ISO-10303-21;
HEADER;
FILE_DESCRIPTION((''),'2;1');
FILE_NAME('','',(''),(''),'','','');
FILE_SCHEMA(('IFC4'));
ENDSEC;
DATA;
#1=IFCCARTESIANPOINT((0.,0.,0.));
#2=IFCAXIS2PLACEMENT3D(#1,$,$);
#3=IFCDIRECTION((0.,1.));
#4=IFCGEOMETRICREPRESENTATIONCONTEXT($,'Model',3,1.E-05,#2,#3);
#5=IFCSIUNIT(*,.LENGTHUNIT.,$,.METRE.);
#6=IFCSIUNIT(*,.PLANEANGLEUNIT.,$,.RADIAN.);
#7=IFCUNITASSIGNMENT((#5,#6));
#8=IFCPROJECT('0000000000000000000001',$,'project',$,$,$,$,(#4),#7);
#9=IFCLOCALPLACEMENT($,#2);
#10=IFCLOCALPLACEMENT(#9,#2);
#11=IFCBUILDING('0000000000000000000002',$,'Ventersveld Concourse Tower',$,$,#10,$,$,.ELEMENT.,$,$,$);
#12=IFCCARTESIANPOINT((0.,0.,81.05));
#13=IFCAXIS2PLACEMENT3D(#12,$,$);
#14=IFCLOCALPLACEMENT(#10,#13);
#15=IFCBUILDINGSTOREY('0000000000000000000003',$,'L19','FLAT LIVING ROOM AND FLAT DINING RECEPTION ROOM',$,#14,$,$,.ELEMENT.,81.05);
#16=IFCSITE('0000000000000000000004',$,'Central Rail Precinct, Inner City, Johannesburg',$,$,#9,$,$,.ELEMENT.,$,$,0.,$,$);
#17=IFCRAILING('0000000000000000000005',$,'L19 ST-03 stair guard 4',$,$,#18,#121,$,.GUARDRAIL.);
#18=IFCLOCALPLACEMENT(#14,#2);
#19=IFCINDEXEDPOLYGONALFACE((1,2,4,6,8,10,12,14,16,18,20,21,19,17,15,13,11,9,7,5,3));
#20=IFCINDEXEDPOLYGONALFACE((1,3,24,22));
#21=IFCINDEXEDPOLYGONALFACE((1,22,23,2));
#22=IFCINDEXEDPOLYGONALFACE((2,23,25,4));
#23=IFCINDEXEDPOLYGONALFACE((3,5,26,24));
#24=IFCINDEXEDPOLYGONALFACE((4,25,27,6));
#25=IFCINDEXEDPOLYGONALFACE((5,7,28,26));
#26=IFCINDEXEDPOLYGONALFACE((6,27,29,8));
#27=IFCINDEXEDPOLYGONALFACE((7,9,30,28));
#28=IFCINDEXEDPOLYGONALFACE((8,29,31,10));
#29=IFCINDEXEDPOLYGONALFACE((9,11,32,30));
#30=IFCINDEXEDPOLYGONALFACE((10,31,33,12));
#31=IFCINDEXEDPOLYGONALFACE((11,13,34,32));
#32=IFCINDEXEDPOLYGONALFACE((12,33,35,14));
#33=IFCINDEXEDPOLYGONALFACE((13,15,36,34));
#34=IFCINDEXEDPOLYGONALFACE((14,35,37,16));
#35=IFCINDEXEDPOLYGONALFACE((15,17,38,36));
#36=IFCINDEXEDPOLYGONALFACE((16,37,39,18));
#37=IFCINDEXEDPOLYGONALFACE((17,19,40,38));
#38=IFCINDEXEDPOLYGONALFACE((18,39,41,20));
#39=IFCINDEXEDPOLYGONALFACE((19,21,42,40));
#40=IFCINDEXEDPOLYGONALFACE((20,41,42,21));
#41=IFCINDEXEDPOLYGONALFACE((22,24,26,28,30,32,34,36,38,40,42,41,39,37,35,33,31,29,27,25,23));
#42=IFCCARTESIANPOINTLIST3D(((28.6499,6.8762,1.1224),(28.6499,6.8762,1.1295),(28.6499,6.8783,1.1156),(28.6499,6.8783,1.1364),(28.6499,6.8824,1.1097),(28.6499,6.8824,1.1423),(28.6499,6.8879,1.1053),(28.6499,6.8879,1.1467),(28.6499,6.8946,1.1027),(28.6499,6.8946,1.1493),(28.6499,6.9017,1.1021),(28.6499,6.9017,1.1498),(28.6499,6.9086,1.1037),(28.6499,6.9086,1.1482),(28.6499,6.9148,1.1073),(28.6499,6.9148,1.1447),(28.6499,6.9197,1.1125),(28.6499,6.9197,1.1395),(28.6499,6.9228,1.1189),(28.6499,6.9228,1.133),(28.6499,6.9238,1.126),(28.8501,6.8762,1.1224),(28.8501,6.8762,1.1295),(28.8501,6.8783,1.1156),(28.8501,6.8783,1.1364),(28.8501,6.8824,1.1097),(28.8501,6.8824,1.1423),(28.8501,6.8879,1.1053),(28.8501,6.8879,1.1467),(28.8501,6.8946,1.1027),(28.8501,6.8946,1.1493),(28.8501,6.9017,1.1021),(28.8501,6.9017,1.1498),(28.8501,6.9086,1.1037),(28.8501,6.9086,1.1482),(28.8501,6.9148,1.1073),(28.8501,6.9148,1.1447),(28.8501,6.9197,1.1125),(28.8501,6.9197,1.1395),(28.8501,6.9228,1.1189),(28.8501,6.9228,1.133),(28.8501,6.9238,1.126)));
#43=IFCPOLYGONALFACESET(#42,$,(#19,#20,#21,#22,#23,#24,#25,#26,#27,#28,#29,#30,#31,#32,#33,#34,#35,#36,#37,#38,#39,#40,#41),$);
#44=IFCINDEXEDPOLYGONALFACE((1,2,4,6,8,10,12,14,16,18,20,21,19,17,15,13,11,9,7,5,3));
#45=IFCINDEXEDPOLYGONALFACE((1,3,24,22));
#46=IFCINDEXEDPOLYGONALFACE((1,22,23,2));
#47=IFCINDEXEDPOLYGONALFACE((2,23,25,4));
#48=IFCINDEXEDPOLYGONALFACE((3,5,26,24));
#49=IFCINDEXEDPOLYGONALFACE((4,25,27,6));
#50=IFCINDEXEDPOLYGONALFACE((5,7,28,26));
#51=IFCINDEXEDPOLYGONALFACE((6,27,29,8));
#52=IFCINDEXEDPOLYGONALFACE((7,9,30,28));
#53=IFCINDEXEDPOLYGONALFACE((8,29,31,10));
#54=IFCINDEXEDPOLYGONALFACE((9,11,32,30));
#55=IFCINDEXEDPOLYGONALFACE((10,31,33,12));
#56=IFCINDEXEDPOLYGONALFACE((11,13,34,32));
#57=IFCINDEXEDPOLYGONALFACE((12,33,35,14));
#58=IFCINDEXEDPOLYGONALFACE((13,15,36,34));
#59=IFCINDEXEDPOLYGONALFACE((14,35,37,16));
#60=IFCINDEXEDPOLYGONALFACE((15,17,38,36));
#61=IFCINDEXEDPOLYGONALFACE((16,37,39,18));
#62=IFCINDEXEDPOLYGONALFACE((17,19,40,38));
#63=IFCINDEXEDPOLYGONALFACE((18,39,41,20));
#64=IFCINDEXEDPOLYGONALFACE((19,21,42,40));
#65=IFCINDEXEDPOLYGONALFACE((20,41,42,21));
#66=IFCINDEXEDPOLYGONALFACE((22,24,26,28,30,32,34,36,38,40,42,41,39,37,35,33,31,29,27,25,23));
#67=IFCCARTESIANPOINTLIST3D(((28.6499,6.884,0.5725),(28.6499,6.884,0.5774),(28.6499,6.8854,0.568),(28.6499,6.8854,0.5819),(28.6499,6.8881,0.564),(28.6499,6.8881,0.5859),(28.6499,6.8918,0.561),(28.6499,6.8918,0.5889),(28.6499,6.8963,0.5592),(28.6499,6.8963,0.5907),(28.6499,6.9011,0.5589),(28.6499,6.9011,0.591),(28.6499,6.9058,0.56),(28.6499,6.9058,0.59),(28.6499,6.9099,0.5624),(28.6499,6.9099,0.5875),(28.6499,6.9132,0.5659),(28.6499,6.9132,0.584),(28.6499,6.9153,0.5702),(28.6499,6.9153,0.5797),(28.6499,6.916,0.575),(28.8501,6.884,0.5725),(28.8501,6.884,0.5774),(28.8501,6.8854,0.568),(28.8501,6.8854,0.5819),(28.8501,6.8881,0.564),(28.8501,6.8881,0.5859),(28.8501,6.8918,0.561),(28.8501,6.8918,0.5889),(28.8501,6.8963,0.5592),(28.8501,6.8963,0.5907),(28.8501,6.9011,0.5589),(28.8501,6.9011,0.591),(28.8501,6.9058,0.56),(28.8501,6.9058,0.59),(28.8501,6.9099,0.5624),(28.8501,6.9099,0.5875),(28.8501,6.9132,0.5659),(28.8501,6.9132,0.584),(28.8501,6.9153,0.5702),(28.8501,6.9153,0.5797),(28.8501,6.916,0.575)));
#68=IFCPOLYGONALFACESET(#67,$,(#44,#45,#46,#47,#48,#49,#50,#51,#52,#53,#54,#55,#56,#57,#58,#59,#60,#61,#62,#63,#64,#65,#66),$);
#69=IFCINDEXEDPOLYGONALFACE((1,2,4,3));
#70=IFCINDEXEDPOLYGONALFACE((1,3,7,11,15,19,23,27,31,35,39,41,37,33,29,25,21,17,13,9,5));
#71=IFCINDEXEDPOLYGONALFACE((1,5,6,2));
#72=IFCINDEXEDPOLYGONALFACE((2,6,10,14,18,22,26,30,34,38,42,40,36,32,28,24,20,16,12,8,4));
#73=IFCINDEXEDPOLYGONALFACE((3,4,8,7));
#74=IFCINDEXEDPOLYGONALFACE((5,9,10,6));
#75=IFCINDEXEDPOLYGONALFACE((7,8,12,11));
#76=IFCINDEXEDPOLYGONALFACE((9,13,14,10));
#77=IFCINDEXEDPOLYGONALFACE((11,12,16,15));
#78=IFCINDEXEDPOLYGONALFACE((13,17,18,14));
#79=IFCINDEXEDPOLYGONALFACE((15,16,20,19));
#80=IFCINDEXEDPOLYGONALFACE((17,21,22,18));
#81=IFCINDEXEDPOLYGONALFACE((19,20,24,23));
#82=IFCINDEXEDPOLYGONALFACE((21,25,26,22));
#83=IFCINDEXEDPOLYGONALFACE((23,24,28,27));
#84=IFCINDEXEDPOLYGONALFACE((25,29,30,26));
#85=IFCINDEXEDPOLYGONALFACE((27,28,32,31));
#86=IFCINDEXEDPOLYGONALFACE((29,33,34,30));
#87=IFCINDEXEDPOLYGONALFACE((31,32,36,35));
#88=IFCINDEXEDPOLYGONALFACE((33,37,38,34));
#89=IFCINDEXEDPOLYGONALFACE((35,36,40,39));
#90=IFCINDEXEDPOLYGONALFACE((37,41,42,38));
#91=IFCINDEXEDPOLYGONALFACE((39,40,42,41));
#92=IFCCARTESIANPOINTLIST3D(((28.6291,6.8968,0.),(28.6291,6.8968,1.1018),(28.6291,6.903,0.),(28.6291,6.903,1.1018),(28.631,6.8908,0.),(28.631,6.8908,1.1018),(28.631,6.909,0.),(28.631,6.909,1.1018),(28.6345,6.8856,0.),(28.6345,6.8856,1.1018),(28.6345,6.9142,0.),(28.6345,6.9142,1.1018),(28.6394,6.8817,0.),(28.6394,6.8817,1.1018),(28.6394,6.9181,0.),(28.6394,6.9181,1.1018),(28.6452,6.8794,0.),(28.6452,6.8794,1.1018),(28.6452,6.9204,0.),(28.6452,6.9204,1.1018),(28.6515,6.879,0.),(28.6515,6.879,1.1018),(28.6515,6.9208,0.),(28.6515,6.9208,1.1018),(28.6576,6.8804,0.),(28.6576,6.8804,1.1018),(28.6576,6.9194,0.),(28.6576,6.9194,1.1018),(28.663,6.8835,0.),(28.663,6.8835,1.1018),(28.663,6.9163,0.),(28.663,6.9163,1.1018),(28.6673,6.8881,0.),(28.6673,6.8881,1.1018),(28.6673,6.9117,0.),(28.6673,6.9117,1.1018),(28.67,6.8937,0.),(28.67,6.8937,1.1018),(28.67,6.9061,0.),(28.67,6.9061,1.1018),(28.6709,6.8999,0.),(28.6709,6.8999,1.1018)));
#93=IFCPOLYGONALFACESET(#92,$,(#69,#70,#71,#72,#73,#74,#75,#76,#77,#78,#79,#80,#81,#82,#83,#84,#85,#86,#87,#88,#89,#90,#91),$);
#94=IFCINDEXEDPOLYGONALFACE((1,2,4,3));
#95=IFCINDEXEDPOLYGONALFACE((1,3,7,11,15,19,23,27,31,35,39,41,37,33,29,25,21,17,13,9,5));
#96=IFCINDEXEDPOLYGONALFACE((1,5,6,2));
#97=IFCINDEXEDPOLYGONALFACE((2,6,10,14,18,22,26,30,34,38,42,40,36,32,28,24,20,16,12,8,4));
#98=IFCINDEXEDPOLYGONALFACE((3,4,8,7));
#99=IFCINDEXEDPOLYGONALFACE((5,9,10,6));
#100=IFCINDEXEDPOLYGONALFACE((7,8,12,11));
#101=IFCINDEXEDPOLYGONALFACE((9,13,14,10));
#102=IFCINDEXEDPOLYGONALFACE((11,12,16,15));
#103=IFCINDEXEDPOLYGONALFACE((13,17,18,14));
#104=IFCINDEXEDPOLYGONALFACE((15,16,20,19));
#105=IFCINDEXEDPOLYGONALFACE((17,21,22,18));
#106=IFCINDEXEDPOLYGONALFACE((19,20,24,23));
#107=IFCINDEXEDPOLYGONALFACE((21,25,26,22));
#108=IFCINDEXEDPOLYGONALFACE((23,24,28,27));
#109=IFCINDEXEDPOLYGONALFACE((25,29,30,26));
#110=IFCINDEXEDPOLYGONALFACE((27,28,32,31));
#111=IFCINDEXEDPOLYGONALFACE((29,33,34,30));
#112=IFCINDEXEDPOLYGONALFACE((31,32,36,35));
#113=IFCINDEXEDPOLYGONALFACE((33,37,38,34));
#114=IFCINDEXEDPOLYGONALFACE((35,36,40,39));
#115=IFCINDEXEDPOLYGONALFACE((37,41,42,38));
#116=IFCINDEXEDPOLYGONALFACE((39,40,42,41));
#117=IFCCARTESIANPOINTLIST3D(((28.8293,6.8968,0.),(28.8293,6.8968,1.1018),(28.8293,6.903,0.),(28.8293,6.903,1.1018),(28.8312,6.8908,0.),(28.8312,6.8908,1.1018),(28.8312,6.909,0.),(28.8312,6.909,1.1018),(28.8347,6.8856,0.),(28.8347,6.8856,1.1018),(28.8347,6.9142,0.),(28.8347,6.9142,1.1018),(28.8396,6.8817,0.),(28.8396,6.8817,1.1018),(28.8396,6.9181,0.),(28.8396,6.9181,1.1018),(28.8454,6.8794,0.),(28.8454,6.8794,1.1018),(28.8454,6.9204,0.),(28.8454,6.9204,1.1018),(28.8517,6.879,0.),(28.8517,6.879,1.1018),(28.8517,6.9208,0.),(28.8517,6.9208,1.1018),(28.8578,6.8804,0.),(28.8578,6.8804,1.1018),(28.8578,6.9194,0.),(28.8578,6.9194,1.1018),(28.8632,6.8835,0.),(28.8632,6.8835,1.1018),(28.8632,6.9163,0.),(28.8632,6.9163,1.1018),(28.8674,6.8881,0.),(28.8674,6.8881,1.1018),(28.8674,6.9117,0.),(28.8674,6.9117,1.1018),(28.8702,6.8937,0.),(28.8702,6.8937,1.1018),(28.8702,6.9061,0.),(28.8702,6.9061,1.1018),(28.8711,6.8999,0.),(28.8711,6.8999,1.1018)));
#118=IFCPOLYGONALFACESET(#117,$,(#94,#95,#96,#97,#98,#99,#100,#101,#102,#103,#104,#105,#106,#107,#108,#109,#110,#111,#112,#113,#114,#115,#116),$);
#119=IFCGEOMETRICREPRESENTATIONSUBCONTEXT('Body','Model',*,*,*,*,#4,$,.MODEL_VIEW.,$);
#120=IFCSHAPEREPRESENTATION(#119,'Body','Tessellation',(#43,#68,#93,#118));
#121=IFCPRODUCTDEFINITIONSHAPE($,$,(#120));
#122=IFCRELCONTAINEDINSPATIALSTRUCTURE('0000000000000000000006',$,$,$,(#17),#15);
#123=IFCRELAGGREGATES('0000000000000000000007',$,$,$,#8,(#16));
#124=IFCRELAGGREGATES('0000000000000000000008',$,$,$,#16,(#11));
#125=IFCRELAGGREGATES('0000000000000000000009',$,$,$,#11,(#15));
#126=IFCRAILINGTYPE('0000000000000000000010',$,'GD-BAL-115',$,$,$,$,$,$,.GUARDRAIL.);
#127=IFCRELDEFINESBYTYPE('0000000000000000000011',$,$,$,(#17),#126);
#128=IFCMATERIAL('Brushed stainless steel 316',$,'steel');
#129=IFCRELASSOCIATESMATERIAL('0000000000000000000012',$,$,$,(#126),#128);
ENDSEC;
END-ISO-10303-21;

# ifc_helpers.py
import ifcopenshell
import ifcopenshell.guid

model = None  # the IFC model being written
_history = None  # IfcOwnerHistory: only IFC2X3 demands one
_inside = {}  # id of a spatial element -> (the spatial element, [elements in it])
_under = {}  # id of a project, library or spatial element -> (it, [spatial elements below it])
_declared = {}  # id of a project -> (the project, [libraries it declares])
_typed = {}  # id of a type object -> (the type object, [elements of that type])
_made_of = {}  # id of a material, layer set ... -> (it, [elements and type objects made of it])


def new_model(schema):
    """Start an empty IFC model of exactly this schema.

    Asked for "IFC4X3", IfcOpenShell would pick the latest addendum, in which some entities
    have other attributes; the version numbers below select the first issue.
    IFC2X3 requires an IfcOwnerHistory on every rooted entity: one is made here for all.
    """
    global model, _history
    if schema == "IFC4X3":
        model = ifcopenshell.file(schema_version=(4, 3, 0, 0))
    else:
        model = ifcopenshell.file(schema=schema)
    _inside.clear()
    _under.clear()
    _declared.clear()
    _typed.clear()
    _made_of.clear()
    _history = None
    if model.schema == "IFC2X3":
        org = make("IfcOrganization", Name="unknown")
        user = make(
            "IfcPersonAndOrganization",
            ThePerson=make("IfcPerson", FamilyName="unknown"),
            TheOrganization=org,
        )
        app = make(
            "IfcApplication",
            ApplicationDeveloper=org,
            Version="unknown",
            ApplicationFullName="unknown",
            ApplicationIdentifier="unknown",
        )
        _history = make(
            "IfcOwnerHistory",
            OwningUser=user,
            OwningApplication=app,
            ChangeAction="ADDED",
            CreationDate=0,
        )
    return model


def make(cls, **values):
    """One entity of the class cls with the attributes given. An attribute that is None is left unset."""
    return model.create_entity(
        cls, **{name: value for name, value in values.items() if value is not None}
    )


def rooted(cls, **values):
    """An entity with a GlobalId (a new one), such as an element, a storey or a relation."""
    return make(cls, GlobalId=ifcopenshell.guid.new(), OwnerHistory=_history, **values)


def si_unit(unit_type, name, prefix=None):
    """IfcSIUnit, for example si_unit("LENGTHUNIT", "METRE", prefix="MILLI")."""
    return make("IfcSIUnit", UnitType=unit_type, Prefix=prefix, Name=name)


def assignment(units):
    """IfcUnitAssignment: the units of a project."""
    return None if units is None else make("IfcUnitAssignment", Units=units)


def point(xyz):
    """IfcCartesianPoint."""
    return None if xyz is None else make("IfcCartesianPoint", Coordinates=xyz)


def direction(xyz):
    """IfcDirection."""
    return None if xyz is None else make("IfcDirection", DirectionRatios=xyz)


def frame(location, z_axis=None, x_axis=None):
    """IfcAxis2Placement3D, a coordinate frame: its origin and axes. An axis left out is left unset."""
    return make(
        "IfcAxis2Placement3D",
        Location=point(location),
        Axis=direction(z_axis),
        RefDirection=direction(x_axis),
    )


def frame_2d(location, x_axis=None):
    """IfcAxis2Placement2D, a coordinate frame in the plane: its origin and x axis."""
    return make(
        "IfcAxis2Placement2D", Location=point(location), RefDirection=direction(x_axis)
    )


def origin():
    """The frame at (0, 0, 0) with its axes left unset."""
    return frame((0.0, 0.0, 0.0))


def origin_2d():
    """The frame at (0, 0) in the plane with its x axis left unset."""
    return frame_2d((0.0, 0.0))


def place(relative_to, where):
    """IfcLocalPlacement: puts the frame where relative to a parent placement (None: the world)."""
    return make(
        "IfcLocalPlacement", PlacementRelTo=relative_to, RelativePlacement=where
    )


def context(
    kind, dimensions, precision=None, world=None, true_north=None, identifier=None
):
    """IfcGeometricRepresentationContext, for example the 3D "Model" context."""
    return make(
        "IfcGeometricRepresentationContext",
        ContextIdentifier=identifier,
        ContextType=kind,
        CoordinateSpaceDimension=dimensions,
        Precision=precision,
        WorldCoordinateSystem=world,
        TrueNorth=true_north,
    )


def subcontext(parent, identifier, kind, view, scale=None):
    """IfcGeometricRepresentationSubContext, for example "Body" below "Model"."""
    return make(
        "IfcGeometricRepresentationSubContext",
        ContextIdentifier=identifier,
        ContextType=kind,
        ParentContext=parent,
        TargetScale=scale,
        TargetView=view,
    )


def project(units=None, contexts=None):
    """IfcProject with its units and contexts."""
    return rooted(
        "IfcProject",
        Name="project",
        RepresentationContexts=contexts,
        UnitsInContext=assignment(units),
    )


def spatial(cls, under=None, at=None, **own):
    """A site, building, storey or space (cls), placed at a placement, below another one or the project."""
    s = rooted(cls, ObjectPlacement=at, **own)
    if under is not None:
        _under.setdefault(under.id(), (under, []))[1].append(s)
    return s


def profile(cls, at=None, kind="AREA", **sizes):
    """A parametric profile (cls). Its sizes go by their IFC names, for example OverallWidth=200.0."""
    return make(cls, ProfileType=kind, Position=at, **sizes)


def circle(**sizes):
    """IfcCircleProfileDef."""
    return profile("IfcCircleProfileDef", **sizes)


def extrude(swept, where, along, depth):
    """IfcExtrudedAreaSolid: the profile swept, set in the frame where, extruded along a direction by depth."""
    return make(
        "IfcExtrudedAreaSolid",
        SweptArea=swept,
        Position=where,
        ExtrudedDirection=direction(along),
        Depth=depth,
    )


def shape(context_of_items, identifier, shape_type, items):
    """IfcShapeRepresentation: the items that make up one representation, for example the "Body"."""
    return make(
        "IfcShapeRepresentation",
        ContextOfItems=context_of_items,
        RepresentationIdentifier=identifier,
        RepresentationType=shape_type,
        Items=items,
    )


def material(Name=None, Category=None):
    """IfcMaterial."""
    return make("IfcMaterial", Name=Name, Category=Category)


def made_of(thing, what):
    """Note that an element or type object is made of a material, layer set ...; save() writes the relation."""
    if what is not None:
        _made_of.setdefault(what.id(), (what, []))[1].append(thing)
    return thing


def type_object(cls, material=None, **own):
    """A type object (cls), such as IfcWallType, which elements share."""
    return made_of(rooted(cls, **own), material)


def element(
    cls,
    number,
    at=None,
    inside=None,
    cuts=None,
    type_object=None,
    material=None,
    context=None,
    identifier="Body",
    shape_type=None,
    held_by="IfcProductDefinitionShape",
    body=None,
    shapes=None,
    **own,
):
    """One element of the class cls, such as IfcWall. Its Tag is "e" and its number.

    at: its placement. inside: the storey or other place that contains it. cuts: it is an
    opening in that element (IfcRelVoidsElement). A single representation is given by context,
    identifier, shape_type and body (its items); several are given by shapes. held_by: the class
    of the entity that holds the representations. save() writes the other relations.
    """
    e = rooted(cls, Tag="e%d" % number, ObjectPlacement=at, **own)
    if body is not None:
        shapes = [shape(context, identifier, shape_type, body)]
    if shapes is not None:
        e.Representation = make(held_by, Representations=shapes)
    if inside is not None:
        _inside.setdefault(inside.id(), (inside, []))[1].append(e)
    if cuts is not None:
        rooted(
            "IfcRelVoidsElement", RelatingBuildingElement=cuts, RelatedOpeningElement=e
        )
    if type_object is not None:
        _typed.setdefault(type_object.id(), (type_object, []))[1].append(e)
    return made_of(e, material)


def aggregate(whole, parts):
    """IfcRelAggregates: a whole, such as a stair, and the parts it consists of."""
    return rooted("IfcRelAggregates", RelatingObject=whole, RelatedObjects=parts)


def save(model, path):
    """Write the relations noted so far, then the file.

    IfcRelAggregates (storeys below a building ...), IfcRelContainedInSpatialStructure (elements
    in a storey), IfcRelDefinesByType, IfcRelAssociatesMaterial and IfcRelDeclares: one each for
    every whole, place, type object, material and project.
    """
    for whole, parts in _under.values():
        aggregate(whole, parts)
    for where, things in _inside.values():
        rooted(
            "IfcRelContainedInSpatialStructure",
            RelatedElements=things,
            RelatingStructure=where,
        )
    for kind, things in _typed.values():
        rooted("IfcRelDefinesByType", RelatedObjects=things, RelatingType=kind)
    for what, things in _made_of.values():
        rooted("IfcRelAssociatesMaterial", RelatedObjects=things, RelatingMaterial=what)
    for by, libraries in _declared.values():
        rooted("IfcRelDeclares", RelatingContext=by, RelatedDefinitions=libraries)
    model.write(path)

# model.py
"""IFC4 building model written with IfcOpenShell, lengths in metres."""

from ifc_helpers import new_model, si_unit, direction, frame, origin, origin_2d, place, context, subcontext, project, spatial, circle, extrude, material, type_object, element, save


model = new_model("IFC4")

# Units and contexts
model_context = context("Model", 3, precision=1e-05, world=origin(), true_north=direction((0.0, 1.0)))
body_context = subcontext(model_context, "Body", "Model", "MODEL_VIEW")
ifc_project = project(units=[si_unit("LENGTHUNIT", "METRE"), si_unit("PLANEANGLEUNIT", "RADIAN")], contexts=[model_context])

# Site, building, storey
site_placement = place(None, origin())
site = spatial("IfcSite", under=ifc_project, at=site_placement, Name="Central Rail Precinct, Inner City, Johannesburg", CompositionType="ELEMENT", RefElevation=0.0)
building_placement = place(site_placement, origin())
building = spatial("IfcBuilding", under=site, at=building_placement, Name="Ventersveld Concourse Tower", CompositionType="ELEMENT")
storey_placement = place(building_placement, frame((0.0, 0.0, 81.05)))
storey = spatial("IfcBuildingStorey", under=building, at=storey_placement, Name="L19", Description="FLAT LIVING ROOM AND FLAT DINING RECEPTION ROOM", CompositionType="ELEMENT", Elevation=81.05)

# Shared definitions
ifc_material_1 = material(Name="Brushed stainless steel 316", Category="steel")

# Railing
railing_type = type_object("IfcRailingType", Name="GD-BAL-115", PredefinedType="GUARDRAIL", material=ifc_material_1)
railing_1_placement = place(storey_placement, frame((28.6499, 6.8999, 0.0)))
element("IfcRailing", 1, at=railing_1_placement, inside=storey, type_object=railing_type, Name="L19 ST-03 stair guard 4", PredefinedType="GUARDRAIL", context=body_context, shape_type="SweptSolid", body=[
    extrude(circle(Radius=0.0239, at=origin_2d()), frame((0.0, 0.0, 1.126), z_axis=(1.0, 0.0, 0.0), x_axis=(0.0, 1.0, 0.0)), (0.0, 0.0, 1.0), 0.2002),
    extrude(circle(Radius=0.0161, at=origin_2d()), frame((0.0, 0.0, 0.575), z_axis=(1.0, 0.0, 0.0), x_axis=(0.0, 1.0, 0.0)), (0.0, 0.0, 1.0), 0.2002),
    extrude(circle(Radius=0.021, at=origin_2d()), origin(), (0.0, 0.0, 1.0), 1.1018),
    extrude(circle(Radius=0.021, at=origin_2d()), frame((0.2002, 0.0, 0.0)), (0.0, 0.0, 1.0), 1.1018),
])

save(model, "model.ifc")
